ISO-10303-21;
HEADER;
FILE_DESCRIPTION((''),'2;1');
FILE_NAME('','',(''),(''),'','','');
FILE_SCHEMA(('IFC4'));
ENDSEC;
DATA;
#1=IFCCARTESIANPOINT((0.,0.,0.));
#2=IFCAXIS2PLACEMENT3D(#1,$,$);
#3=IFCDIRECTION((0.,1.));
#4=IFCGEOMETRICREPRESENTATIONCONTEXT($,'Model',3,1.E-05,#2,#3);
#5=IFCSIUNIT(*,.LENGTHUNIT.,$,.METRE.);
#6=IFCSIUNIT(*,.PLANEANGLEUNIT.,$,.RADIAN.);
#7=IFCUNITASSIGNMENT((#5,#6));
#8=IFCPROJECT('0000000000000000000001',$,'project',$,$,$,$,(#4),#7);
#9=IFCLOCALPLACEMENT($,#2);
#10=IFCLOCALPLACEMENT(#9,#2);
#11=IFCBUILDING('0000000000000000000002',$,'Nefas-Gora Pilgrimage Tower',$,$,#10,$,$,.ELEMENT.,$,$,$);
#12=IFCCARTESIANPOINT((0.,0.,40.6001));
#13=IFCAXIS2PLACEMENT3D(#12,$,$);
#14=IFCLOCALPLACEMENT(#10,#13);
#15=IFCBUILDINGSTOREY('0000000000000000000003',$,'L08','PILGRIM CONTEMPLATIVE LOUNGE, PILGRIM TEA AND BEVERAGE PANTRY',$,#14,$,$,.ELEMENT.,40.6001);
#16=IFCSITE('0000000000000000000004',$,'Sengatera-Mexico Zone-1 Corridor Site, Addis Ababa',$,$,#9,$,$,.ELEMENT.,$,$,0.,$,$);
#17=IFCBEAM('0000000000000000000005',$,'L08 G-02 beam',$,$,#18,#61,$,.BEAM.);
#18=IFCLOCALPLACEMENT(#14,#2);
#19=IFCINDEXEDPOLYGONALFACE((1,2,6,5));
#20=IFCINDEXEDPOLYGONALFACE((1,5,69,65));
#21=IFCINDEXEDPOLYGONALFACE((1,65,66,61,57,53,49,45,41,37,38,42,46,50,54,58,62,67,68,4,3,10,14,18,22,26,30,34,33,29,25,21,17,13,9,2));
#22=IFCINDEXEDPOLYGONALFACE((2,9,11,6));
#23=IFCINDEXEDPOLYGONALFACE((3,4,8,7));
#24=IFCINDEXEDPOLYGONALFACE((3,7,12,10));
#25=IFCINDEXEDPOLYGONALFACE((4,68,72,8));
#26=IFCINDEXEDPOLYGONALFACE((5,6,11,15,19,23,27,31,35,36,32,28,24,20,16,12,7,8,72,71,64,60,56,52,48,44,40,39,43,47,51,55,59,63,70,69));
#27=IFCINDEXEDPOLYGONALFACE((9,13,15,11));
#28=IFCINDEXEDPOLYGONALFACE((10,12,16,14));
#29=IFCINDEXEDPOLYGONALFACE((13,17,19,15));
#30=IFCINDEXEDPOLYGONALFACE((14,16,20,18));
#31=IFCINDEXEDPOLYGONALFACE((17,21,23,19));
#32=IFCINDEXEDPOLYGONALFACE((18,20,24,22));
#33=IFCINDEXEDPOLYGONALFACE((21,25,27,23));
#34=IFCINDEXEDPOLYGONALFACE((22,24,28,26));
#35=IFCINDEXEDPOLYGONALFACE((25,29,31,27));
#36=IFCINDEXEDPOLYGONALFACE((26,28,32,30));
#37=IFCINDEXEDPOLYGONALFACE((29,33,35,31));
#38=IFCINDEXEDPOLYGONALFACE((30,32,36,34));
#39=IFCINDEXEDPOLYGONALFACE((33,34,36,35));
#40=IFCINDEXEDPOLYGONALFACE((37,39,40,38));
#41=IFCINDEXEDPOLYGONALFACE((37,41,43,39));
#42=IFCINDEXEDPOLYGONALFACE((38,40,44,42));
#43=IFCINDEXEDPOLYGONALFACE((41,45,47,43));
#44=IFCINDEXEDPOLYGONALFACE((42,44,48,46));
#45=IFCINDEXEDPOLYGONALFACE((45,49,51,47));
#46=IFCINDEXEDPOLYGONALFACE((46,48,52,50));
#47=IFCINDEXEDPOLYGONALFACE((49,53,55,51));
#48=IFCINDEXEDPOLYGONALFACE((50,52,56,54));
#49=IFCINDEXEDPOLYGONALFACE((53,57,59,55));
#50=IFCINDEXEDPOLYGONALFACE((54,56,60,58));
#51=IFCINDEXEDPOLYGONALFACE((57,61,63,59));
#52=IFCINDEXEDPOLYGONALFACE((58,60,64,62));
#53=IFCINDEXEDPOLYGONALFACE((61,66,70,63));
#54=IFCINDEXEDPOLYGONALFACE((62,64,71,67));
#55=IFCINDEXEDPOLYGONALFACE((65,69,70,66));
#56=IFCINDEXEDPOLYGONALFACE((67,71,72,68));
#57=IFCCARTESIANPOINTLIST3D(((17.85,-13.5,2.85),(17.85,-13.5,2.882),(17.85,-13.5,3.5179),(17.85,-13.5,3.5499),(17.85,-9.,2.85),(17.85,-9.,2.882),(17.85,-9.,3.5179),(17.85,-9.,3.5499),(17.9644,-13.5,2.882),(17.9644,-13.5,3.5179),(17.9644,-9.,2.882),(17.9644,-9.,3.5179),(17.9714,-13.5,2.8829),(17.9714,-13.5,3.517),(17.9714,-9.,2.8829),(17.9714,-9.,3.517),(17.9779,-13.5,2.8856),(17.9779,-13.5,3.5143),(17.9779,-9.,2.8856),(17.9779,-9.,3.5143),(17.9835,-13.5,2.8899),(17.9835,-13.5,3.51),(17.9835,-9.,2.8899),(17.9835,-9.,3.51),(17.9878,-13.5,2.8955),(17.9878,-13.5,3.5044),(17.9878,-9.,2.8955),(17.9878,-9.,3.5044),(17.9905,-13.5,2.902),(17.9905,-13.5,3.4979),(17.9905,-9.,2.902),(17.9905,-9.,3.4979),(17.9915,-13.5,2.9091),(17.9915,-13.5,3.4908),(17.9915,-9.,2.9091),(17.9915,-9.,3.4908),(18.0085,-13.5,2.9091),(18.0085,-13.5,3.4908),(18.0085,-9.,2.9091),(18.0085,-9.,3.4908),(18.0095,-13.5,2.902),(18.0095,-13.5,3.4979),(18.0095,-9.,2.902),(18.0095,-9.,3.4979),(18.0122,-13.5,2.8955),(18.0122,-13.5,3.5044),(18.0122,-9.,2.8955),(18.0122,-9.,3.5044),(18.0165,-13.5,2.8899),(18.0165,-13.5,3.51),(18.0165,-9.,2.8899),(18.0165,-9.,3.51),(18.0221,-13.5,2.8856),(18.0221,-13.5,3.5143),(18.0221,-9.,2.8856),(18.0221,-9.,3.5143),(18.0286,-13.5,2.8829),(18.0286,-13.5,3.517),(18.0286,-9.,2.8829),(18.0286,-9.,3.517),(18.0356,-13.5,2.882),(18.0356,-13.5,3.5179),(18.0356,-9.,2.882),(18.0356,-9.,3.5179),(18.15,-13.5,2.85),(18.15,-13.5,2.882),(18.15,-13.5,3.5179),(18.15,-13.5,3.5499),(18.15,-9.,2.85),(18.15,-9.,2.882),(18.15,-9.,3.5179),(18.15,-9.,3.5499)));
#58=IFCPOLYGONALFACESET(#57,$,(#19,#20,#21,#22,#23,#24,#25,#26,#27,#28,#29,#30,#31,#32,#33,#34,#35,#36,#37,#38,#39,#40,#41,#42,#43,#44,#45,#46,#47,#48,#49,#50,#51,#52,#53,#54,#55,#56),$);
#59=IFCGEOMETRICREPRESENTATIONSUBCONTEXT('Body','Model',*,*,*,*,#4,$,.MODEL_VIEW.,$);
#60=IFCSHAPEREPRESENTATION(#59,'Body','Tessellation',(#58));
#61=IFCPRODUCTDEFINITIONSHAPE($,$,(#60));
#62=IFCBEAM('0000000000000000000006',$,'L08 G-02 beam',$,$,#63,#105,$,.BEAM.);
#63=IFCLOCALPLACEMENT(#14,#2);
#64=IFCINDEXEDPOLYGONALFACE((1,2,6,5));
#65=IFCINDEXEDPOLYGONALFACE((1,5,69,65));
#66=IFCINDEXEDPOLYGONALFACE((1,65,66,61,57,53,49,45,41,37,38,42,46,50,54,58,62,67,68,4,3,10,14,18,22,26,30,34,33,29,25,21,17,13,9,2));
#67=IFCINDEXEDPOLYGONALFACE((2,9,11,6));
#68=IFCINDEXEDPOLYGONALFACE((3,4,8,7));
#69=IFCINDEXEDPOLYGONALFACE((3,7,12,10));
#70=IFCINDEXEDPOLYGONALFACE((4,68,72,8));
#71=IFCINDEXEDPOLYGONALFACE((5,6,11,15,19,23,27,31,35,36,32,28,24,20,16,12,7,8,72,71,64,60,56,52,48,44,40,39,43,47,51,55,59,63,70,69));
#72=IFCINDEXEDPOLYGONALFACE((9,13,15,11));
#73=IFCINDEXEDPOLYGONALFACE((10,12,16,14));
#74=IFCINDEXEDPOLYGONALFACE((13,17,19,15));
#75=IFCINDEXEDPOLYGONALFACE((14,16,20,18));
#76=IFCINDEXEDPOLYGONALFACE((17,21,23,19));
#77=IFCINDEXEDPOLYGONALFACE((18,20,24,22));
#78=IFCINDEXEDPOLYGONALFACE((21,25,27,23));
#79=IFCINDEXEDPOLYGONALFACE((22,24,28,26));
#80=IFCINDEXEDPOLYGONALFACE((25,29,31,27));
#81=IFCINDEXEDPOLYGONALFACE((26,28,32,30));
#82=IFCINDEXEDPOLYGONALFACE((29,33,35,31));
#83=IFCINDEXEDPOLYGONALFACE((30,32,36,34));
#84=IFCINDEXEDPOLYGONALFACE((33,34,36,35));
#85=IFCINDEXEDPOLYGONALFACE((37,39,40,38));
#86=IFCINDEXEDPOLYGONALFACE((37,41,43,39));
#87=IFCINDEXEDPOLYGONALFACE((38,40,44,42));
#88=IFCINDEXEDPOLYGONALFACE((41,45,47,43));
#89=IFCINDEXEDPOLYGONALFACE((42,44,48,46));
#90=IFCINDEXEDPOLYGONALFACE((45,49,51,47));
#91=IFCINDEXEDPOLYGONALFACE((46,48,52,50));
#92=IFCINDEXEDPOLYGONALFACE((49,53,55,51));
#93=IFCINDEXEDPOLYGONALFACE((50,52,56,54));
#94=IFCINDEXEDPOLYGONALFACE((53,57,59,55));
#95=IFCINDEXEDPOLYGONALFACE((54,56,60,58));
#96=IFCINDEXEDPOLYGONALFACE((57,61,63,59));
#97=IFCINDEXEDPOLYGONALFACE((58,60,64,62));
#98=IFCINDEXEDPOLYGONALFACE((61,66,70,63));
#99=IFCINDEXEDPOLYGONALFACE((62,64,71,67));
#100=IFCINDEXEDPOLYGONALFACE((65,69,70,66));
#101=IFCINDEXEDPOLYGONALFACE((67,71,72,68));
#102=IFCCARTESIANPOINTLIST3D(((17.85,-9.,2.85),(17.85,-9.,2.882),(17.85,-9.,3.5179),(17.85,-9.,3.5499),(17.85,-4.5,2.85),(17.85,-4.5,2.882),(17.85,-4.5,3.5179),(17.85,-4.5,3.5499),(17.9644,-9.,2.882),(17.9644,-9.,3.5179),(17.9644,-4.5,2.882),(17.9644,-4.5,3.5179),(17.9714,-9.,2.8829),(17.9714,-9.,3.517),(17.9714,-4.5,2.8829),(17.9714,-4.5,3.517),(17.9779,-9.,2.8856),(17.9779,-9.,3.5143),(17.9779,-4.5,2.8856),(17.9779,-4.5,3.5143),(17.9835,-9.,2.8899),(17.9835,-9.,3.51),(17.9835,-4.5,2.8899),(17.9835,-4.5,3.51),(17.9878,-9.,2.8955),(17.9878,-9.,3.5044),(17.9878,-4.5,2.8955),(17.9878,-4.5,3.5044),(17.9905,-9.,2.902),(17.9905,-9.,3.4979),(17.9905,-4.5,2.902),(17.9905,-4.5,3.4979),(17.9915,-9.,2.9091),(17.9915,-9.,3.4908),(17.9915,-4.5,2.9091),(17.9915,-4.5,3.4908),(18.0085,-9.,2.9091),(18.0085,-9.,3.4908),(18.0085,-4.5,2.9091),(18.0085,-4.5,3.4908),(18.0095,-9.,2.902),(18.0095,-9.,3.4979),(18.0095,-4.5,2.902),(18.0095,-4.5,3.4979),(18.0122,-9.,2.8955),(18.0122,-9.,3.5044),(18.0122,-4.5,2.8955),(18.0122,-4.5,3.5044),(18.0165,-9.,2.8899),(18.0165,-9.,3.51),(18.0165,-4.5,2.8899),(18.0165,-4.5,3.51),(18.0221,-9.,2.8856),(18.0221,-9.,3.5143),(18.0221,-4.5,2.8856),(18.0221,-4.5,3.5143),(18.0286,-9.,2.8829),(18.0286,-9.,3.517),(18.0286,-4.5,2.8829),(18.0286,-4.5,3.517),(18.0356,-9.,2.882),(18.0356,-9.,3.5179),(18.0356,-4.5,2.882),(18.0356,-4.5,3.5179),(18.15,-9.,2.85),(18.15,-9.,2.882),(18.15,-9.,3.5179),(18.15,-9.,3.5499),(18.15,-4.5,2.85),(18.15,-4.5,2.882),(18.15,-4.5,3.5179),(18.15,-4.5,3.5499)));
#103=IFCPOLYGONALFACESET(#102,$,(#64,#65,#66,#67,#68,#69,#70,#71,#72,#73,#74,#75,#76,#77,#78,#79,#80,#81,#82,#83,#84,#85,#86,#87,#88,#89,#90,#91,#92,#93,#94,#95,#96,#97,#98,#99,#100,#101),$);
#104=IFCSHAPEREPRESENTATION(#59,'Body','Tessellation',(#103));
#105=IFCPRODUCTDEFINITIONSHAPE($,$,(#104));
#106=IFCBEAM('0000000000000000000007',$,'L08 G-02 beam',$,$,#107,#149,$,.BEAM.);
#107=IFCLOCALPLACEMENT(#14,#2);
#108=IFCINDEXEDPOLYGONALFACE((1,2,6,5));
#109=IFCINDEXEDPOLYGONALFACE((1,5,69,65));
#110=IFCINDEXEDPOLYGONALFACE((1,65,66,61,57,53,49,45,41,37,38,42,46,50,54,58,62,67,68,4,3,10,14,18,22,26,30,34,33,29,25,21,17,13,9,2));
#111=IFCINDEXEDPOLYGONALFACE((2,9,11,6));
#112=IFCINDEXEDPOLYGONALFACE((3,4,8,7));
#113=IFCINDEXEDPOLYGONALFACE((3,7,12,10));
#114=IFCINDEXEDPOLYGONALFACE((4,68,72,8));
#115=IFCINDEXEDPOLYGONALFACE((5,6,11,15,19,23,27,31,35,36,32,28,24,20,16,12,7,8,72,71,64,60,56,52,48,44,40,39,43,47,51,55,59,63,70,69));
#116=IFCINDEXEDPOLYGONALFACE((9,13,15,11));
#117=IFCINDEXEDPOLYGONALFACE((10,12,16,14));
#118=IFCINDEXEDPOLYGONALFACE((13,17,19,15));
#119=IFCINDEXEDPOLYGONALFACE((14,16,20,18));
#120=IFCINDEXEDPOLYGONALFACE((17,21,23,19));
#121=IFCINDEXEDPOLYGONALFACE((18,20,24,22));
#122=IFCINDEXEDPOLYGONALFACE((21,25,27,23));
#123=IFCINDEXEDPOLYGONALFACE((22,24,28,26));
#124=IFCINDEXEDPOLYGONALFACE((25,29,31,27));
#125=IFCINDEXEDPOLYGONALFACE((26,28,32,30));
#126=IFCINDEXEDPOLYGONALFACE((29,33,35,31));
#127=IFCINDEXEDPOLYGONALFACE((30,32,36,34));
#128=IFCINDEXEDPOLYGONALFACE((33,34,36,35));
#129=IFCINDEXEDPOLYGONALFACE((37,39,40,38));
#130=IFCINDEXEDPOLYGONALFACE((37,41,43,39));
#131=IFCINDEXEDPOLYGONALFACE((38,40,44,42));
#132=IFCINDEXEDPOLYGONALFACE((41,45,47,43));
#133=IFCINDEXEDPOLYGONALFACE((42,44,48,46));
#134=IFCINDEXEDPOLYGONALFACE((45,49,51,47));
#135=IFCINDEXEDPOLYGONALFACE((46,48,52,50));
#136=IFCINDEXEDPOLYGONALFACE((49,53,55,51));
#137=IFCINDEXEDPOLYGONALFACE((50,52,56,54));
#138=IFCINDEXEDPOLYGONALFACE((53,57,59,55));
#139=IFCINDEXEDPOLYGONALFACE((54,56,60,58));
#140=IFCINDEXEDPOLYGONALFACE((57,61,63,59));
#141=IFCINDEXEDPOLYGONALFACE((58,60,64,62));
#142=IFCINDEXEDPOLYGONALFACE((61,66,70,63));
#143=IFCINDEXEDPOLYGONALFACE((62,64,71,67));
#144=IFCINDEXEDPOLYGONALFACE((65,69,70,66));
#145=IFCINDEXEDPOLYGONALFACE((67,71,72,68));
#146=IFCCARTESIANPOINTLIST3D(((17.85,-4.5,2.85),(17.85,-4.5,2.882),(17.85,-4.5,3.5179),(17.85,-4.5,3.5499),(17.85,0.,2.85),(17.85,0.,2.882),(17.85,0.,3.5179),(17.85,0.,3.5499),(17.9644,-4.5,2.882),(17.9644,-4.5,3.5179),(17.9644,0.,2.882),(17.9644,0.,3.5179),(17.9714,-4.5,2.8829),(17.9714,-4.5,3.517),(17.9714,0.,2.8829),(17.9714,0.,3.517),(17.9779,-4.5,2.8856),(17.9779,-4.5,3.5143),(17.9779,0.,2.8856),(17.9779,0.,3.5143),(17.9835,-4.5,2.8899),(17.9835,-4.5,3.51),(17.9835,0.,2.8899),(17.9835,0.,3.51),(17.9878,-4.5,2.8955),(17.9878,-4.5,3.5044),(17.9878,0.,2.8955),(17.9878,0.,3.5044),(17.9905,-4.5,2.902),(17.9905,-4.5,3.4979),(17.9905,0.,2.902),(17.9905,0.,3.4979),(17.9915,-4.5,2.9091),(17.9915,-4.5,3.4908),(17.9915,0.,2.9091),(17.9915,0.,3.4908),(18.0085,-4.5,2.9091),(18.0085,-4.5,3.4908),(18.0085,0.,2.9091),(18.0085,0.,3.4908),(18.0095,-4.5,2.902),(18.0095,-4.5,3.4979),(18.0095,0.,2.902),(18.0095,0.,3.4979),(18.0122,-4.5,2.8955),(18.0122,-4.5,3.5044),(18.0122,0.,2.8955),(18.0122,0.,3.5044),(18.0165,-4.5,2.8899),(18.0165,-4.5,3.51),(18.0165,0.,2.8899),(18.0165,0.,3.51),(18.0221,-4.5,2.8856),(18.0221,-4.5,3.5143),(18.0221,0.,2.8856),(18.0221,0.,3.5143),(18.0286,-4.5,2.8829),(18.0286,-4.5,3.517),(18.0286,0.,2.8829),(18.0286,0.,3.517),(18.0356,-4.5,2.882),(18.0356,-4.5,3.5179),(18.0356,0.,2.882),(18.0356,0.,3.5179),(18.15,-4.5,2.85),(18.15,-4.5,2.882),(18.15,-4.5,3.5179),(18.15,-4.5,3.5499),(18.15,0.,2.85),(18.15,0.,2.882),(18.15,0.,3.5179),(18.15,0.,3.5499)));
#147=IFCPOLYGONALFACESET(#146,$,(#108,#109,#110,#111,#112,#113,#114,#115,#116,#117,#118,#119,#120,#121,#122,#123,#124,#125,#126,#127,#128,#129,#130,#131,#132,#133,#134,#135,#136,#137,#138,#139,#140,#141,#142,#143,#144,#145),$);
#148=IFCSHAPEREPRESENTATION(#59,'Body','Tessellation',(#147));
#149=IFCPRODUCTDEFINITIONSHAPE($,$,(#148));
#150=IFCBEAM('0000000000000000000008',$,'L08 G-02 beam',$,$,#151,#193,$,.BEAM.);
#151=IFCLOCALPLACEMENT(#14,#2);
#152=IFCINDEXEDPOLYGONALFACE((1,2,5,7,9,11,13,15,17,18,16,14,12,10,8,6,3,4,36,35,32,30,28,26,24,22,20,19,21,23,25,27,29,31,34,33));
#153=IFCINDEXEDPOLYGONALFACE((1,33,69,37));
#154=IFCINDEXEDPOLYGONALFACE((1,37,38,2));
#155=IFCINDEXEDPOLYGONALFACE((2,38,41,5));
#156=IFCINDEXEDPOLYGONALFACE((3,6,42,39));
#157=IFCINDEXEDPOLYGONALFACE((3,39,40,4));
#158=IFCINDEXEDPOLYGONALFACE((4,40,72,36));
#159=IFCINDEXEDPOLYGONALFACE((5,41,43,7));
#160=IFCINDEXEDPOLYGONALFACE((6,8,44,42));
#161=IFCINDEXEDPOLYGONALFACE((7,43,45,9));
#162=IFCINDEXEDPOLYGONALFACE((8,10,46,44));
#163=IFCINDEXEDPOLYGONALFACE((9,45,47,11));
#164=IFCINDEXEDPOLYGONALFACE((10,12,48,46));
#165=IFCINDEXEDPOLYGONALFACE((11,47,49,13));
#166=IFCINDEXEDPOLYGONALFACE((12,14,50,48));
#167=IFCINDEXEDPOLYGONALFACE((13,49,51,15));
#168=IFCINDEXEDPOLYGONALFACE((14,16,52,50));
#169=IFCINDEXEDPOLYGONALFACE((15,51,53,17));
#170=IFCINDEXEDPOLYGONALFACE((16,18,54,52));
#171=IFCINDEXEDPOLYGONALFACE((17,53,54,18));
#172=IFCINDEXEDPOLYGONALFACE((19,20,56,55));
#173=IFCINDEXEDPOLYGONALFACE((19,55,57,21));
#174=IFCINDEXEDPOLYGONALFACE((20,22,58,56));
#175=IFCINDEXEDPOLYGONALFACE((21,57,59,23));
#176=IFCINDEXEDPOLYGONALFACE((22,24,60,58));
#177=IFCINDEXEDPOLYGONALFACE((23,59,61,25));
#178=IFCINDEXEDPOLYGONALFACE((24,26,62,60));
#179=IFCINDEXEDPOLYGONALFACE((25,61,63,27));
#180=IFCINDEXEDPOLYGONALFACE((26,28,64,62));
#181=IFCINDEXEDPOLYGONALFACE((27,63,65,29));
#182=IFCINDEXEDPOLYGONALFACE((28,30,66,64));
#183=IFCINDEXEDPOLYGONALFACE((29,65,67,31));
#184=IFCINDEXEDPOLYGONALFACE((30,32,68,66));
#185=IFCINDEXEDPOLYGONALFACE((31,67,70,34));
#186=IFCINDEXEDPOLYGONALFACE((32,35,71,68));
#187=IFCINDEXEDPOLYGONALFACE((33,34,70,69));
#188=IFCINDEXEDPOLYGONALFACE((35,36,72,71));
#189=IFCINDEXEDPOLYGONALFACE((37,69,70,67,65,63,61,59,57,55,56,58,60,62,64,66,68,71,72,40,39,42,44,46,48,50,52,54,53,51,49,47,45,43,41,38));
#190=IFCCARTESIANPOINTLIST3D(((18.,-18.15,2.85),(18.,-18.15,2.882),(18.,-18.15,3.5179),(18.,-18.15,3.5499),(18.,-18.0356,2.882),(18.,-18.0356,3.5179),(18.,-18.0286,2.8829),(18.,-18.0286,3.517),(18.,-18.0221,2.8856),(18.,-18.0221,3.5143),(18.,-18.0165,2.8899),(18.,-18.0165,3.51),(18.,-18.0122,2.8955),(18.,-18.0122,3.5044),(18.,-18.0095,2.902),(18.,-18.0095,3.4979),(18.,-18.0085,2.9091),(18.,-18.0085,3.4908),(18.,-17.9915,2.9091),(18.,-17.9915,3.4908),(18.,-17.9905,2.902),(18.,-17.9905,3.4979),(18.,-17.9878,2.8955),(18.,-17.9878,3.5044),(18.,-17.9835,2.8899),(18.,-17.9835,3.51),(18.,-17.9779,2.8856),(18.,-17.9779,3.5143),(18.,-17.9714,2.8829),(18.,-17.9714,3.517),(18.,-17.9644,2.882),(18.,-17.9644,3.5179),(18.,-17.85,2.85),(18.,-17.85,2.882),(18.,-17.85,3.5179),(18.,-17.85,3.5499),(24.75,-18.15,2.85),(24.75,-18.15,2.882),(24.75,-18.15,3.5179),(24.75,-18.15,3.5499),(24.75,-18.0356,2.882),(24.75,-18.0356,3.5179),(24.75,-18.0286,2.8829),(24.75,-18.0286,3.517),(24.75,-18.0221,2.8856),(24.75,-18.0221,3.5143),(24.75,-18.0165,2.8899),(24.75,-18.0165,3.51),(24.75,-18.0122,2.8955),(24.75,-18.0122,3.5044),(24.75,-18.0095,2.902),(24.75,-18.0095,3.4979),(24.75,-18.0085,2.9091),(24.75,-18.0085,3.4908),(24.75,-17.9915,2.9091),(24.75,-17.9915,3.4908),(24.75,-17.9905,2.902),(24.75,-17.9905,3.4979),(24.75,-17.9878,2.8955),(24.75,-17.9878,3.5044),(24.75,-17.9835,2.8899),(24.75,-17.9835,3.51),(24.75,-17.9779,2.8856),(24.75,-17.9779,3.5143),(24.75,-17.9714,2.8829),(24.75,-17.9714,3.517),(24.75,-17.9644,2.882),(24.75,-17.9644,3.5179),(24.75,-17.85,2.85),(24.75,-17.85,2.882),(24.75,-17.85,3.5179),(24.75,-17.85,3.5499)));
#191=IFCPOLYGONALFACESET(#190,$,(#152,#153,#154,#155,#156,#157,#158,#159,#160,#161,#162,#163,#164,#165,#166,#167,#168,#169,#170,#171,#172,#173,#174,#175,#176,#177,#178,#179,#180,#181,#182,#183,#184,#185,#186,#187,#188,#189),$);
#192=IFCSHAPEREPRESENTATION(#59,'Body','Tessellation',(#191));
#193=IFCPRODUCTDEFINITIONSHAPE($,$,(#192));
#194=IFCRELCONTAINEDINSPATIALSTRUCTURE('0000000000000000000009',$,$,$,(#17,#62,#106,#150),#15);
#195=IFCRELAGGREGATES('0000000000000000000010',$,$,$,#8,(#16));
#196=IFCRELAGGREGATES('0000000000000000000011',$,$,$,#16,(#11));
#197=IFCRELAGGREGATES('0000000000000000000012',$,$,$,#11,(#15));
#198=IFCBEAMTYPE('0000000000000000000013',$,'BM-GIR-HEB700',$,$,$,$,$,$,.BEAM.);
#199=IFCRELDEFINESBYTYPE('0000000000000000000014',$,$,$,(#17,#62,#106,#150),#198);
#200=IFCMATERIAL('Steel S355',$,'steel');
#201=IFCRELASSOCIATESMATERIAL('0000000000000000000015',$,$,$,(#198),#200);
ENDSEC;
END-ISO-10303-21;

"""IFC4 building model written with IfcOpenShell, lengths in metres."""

from ifc_helpers import new_model, si_unit, direction, frame, origin, origin_2d, place, context, subcontext, project, spatial, i_section, extrude, source, transform, mapped, material, material_profile, profile_set, type_object, element, save


model = new_model("IFC4")

# Units and contexts
model_context = context("Model", 3, precision=1e-05, world=origin(), true_north=direction((0.0, 1.0)))
body_context = subcontext(model_context, "Body", "Model", "MODEL_VIEW")
ifc_project = project(units=[si_unit("LENGTHUNIT", "METRE"), si_unit("PLANEANGLEUNIT", "RADIAN")], contexts=[model_context])

# Site, building, storey
site_placement = place(None, origin())
site = spatial("IfcSite", under=ifc_project, at=site_placement, Name="Sengatera-Mexico Zone-1 Corridor Site, Addis Ababa", CompositionType="ELEMENT", RefElevation=0.0)
building_placement = place(site_placement, origin())
building = spatial("IfcBuilding", under=site, at=building_placement, Name="Nefas-Gora Pilgrimage Tower", CompositionType="ELEMENT")
storey_placement = place(building_placement, frame((0.0, 0.0, 40.6001)))
storey = spatial("IfcBuildingStorey", under=building, at=storey_placement, Name="L08", Description="PILGRIM CONTEMPLATIVE LOUNGE, PILGRIM TEA AND BEVERAGE PANTRY", CompositionType="ELEMENT", Elevation=40.6001)

# Beams
ifc_material_1 = material(Name="Steel S355", Category="steel")
ifc_material_profile_1 = material_profile(ifc_material_1, i_section(OverallWidth=0.3, OverallDepth=0.7, WebThickness=0.0171, FlangeThickness=0.032, FilletRadius=0.0271, at=origin_2d()), Name="HEB 700")
ifc_profile_set_1 = profile_set([ifc_material_profile_1], Name="Steel S355")
beam_type_1 = type_object("IfcBeamType", Name="BM-GIR-HEB700", PredefinedType="BEAM", material=ifc_profile_set_1)
shared_shape_1 = source(origin(), body_context, "Body", "SweptSolid", [
    extrude(i_section(OverallWidth=0.3, OverallDepth=0.7, WebThickness=0.0171, FlangeThickness=0.032, FilletRadius=0.0271, at=origin_2d()), origin(), (0.0, 0.0, 1.0), 4.5),
])
for number, where, z_axis, x_axis, name in (
    (1, (18.0, -13.5, 3.2), (0.0, 1.0, 0.0), (-1.0, 0.0, 0.0), "L08 G-02 beam"),
    (2, (18.0, -9.0, 3.2), (0.0, 1.0, 0.0), (-1.0, 0.0, 0.0), "L08 G-02 beam"),
    (3, (18.0, -4.5, 3.2), (0.0, 1.0, 0.0), (-1.0, 0.0, 0.0), "L08 G-02 beam"),
):
    element("IfcBeam", number, at=place(storey_placement, frame(where, z_axis=z_axis, x_axis=x_axis)), inside=storey, type_object=beam_type_1, Name=name, PredefinedType="BEAM", context=body_context, shape_type="MappedRepresentation", body=[
        mapped(shared_shape_1, transform((0.0, 0.0, 0.0), x_axis=(1.0, 0.0, 0.0), y_axis=(0.0, 1.0, 0.0), z_axis=(0.0, 0.0, 1.0), scale=1.0)),
    ])
shared_shape_2 = source(origin(), body_context, "Body", "SweptSolid", [
    extrude(i_section(OverallWidth=0.3, OverallDepth=0.7, WebThickness=0.0171, FlangeThickness=0.032, FilletRadius=0.0271, at=origin_2d()), origin(), (0.0, 0.0, 1.0), 6.75),
])
for number, where, z_axis, x_axis, name in (
    (4, (18.0, -18.0, 3.2), (1.0, 0.0, 0.0), (0.0, 1.0, 0.0), "L08 G-02 beam"),
):
    element("IfcBeam", number, at=place(storey_placement, frame(where, z_axis=z_axis, x_axis=x_axis)), inside=storey, type_object=beam_type_1, Name=name, PredefinedType="BEAM", context=body_context, shape_type="MappedRepresentation", body=[
        mapped(shared_shape_2, transform((0.0, 0.0, 0.0), x_axis=(1.0, 0.0, 0.0), y_axis=(0.0, 1.0, 0.0), z_axis=(0.0, 0.0, 1.0), scale=1.0)),
    ])

save(model, "model.ifc")
